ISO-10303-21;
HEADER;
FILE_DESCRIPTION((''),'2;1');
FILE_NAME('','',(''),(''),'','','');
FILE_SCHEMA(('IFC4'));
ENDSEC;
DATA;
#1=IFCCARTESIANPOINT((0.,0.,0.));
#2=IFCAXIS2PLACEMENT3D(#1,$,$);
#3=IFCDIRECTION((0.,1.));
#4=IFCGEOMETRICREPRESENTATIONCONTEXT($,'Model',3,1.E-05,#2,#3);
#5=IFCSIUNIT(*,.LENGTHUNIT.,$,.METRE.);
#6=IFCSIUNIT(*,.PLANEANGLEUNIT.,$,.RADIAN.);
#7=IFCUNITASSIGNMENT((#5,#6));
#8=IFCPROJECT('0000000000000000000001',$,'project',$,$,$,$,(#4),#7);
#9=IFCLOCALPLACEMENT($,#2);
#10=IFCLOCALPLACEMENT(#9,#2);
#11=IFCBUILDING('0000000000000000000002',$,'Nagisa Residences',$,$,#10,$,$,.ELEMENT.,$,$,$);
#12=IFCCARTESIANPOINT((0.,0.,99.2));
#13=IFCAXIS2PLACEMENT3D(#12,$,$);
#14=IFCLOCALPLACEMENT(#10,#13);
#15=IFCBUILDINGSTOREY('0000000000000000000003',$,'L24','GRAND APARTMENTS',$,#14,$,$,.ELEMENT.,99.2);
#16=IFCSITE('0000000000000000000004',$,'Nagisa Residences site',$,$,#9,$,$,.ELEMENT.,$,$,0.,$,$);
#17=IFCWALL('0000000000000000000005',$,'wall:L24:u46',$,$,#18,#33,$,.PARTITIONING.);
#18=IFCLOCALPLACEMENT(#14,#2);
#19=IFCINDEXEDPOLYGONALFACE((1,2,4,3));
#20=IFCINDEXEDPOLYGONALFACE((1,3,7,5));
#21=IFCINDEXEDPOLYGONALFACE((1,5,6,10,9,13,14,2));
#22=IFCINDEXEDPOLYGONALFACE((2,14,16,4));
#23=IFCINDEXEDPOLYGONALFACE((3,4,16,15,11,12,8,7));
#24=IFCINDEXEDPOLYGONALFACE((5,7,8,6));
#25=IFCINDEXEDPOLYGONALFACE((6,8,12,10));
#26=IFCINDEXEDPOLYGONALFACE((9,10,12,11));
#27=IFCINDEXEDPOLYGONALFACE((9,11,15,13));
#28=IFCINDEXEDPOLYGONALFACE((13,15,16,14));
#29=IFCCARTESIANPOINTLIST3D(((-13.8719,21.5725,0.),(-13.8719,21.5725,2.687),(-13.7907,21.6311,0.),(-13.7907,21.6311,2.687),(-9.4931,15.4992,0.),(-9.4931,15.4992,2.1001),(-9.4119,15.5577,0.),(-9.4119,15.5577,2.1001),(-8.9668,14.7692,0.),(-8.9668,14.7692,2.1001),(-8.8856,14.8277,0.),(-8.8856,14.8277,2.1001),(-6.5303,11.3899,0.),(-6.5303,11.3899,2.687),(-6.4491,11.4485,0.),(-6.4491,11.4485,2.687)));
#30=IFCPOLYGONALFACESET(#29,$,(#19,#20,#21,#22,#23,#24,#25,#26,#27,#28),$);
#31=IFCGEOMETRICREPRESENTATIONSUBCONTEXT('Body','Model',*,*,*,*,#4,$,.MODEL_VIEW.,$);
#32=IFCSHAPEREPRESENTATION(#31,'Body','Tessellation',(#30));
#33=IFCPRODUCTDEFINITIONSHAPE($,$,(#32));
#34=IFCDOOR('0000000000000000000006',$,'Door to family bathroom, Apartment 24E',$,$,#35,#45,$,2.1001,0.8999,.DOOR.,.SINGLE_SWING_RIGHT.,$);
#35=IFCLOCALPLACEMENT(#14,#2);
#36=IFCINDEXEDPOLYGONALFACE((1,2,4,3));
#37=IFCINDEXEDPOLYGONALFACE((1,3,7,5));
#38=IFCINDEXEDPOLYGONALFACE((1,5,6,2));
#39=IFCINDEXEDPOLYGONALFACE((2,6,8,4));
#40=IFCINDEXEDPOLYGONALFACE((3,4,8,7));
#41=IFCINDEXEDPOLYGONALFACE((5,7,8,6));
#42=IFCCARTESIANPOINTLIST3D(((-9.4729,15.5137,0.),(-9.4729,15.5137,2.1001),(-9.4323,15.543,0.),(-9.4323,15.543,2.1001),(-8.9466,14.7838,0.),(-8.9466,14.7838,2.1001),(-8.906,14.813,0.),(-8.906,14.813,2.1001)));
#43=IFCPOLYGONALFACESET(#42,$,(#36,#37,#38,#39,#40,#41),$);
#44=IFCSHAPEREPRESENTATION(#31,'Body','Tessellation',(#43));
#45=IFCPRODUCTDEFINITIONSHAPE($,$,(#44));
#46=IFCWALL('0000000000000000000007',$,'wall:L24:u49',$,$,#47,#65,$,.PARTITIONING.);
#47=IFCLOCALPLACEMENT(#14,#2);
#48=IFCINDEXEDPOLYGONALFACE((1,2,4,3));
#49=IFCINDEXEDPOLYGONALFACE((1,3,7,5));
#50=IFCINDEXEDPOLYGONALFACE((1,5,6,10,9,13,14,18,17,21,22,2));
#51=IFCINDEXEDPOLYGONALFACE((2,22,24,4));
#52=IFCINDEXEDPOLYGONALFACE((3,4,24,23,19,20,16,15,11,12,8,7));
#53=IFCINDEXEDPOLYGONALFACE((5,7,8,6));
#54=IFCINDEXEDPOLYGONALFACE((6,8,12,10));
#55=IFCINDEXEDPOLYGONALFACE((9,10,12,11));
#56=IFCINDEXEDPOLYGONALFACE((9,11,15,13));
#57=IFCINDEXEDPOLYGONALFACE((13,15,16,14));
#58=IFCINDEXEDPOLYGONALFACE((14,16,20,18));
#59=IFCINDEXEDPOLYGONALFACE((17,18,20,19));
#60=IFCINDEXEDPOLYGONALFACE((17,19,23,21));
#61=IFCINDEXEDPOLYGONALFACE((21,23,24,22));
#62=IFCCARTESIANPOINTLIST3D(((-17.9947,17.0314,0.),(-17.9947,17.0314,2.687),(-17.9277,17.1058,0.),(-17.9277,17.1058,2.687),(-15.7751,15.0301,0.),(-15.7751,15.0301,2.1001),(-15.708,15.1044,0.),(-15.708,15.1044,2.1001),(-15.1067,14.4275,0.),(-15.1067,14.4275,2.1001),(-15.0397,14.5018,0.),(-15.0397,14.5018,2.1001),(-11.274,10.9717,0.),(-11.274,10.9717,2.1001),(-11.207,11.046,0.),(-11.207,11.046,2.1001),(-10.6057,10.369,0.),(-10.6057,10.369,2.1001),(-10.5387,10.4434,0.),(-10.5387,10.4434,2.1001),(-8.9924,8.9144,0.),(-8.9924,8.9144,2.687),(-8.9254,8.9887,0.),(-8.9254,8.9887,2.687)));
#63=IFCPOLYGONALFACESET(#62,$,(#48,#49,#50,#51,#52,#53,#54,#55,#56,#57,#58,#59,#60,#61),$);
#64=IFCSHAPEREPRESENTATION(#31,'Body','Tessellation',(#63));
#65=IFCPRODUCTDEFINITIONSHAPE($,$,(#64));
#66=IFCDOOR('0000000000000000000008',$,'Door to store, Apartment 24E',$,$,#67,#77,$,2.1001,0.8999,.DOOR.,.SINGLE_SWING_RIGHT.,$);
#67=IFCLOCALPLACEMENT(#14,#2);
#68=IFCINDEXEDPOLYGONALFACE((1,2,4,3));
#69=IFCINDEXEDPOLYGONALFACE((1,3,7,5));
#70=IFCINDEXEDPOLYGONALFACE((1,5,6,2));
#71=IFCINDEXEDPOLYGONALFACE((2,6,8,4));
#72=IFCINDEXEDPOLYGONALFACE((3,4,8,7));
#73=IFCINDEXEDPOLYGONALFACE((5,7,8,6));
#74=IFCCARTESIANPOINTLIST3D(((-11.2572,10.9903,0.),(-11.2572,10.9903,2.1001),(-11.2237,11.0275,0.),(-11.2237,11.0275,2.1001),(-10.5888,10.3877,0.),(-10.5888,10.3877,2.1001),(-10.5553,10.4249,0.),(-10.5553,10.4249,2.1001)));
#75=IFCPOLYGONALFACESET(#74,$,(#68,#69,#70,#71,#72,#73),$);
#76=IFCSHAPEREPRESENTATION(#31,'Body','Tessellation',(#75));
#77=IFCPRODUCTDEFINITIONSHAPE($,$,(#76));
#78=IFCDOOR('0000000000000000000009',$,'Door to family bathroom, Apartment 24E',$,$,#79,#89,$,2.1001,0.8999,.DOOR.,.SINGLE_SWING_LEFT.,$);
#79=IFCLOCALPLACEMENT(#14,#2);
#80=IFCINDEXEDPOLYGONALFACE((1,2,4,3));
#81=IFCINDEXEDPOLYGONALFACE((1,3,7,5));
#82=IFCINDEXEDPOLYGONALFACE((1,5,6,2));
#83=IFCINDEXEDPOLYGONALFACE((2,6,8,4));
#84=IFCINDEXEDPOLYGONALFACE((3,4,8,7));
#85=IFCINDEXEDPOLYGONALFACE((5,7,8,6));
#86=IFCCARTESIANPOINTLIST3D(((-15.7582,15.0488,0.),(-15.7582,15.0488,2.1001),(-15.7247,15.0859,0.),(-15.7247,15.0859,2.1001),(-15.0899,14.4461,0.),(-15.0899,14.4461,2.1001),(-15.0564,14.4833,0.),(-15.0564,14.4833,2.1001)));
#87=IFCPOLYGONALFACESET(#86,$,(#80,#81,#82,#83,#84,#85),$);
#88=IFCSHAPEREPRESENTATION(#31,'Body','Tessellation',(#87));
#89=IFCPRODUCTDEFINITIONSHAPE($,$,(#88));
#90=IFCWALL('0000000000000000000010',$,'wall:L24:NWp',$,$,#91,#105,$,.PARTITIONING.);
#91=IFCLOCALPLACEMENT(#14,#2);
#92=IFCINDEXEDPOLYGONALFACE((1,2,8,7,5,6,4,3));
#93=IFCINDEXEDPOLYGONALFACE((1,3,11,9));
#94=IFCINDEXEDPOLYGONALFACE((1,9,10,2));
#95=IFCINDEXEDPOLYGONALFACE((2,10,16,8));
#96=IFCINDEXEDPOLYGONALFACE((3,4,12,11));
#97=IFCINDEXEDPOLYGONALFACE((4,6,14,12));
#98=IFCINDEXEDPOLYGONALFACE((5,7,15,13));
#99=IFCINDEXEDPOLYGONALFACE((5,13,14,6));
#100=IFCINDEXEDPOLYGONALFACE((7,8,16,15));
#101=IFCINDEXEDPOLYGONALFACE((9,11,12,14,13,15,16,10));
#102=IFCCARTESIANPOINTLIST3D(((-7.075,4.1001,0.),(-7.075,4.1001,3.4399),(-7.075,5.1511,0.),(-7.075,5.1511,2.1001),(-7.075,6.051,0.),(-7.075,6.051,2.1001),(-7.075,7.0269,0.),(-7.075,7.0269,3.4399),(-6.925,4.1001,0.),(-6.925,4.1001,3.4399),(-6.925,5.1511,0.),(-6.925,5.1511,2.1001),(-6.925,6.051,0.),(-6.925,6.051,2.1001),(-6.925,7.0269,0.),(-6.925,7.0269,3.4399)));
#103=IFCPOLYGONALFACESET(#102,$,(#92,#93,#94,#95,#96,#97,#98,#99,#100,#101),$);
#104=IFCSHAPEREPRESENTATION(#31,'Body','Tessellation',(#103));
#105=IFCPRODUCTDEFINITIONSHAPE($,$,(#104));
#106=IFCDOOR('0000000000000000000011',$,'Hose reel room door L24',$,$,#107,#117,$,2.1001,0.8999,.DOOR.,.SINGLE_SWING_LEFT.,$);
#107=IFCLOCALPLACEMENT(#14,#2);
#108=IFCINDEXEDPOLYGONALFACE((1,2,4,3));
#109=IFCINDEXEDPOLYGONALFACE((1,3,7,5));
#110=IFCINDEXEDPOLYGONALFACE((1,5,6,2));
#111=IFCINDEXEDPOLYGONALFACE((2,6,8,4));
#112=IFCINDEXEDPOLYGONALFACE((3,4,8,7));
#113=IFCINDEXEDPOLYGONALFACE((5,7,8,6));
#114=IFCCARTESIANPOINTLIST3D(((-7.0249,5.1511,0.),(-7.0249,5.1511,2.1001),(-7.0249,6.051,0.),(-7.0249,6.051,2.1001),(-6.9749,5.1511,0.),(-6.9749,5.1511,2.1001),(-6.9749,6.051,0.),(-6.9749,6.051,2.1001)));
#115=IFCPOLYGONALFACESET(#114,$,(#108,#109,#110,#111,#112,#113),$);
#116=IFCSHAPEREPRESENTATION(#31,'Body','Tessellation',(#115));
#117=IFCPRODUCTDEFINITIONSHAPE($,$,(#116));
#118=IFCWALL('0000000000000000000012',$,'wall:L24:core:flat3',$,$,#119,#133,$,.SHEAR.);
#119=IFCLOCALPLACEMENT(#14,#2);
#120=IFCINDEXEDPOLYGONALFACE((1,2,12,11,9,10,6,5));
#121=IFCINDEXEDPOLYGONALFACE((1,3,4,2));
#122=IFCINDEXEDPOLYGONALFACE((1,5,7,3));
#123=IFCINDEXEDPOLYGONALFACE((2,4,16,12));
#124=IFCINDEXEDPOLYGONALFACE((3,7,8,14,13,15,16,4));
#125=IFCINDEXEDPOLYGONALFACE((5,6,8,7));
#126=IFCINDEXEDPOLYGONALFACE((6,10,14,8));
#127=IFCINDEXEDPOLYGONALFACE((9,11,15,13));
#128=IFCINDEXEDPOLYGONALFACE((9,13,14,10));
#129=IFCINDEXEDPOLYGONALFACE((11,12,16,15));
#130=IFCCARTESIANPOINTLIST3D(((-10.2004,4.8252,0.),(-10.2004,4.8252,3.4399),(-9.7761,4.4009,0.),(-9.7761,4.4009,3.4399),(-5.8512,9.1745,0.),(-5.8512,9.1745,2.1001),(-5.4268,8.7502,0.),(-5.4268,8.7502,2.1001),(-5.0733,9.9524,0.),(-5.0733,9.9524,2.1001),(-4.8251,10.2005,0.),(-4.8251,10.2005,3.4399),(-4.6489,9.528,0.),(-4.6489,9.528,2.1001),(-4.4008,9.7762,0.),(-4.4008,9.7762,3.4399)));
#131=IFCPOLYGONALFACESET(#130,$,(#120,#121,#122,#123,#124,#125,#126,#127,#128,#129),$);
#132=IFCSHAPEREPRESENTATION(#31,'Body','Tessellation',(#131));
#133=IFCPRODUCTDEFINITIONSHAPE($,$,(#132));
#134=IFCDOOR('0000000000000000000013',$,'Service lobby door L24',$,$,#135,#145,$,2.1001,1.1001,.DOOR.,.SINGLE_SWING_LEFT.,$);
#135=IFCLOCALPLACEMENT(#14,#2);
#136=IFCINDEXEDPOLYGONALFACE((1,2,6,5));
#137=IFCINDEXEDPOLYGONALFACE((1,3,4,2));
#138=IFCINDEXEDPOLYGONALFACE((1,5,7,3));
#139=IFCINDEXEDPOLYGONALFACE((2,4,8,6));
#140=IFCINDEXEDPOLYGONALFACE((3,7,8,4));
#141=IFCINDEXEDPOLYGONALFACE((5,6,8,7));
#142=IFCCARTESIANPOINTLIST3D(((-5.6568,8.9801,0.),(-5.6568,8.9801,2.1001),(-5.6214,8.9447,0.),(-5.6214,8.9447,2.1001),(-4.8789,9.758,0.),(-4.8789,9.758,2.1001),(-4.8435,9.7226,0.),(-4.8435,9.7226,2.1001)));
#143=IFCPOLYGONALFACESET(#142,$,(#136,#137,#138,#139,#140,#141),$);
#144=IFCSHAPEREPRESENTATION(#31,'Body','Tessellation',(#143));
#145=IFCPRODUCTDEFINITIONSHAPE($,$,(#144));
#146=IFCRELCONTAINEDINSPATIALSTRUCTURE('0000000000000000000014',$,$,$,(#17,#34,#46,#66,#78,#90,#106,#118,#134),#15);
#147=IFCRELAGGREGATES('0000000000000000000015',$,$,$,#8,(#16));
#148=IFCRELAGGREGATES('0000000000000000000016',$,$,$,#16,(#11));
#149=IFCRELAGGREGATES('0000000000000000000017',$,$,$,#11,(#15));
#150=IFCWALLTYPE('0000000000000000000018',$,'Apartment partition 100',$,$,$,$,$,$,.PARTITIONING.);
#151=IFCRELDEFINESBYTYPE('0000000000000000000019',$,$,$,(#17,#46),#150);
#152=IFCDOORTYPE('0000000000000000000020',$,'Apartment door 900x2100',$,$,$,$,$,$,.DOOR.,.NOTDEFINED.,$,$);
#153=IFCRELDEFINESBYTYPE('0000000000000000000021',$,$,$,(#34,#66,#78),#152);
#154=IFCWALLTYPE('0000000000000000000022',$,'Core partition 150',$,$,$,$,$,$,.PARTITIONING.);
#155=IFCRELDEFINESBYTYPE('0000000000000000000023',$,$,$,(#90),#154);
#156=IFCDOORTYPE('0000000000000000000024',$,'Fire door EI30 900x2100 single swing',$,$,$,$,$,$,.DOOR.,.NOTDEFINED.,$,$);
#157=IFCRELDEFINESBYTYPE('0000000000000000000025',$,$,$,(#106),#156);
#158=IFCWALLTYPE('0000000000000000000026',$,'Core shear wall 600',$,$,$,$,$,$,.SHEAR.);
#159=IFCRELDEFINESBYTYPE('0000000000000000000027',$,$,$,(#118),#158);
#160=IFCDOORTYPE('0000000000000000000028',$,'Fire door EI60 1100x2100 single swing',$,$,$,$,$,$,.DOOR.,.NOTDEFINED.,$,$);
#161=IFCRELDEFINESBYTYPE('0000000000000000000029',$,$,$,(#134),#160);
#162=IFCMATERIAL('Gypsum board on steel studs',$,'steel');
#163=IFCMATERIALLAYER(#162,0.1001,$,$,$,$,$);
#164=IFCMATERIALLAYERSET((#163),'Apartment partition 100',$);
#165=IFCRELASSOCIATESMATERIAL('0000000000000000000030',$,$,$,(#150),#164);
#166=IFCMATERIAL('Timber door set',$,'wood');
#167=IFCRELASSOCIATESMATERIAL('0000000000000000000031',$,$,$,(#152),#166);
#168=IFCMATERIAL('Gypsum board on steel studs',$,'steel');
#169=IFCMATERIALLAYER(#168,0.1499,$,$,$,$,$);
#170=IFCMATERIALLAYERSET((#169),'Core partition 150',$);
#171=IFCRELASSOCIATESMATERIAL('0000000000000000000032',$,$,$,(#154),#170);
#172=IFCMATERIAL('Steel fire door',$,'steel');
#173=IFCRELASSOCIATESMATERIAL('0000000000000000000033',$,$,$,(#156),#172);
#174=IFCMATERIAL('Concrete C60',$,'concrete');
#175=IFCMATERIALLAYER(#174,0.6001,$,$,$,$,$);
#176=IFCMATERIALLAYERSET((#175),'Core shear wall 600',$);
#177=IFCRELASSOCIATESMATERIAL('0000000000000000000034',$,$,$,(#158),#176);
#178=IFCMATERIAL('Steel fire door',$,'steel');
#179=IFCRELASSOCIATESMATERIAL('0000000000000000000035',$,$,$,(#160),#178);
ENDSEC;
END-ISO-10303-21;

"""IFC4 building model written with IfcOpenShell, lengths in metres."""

from ifc_helpers import new_model, si_unit, direction, frame, frame_2d, origin, place, context, subcontext, project, spatial, rectangle, extrude, material, layer, layer_set, type_object, element, fill, save


model = new_model("IFC4")

# Units and contexts
model_context = context("Model", 3, precision=1e-05, world=origin(), true_north=direction((0.0, 1.0)))
body_context = subcontext(model_context, "Body", "Model", "MODEL_VIEW")
ifc_project = project(units=[si_unit("LENGTHUNIT", "METRE"), si_unit("PLANEANGLEUNIT", "RADIAN")], contexts=[model_context])

# Site, building, storey
site_placement = place(None, origin())
site = spatial("IfcSite", under=ifc_project, at=site_placement, Name="Nagisa Residences site", CompositionType="ELEMENT", RefElevation=0.0)
building_placement = place(site_placement, origin())
building = spatial("IfcBuilding", under=site, at=building_placement, Name="Nagisa Residences", CompositionType="ELEMENT")
storey_placement = place(building_placement, frame((0.0, 0.0, 99.2)))
storey = spatial("IfcBuildingStorey", under=building, at=storey_placement, Name="L24", Description="GRAND APARTMENTS", CompositionType="ELEMENT", Elevation=99.2)

# Shared definitions
ifc_material_1 = material(Name="Gypsum board on steel studs", Category="steel")
ifc_layer_1 = layer(ifc_material_1, 0.1001)
ifc_layer_set_1 = layer_set([ifc_layer_1], Name="Apartment partition 100")
wall_type_1 = type_object("IfcWallType", Name="Apartment partition 100", PredefinedType="PARTITIONING", material=ifc_layer_set_1)
ifc_material_2 = material(Name="Timber door set", Category="wood")
door_type_1 = type_object("IfcDoorType", Name="Apartment door 900x2100", OperationType="NOTDEFINED", PredefinedType="DOOR", material=ifc_material_2)

# Wall, opening, door
wall_1_placement = place(storey_placement, frame((-6.4897, 11.4192, 0.0), z_axis=(0.0, 0.0, 1.0), x_axis=(-0.584833, 0.811154, 0.0)))
wall_1 = element("IfcWall", 1, at=wall_1_placement, inside=storey, type_object=wall_type_1, Name="wall:L24:u46", PredefinedType="PARTITIONING", context=body_context, shape_type="SweptSolid", body=[
    extrude(rectangle(XDim=12.5532, YDim=0.1001, at=frame_2d((6.2766, 0.0))), origin(), (0.0, 0.0, 1.0), 2.687),
])
opening_1_placement = place(wall_1_placement, frame((4.166, 0.0, 0.0)))
opening_1 = element("IfcOpeningElement", 2, at=opening_1_placement, cuts=wall_1, PredefinedType="OPENING", context=body_context, shape_type="SweptSolid", body=[
    extrude(rectangle(XDim=0.8999, YDim=2.1001, at=frame_2d((0.45, 1.05))), frame((0.0, 0.0601, 0.0), z_axis=(0.0, -1.0, 0.0), x_axis=(1.0, 0.0, 0.0)), (0.0, 0.0, 1.0), 0.1201),
])
door_1_placement = place(opening_1_placement, frame((0.8999, 0.0, 0.0), x_axis=(-1.0, 0.0, 0.0)))
door_1 = element("IfcDoor", 3, at=door_1_placement, inside=storey, type_object=door_type_1, Name="Door to family bathroom, Apartment 24E", OperationType="SINGLE_SWING_RIGHT", OverallHeight=2.1001, OverallWidth=0.8999, PredefinedType="DOOR", context=body_context, shape_type="SweptSolid", body=[
    extrude(rectangle(XDim=0.8999, YDim=2.1001, at=frame_2d((0.45, 1.05))), frame((0.0, 0.0249, 0.0), z_axis=(0.0, -1.0, 0.0), x_axis=(1.0, 0.0, 0.0)), (0.0, 0.0, 1.0), 0.05),
])
fill(opening_1, door_1)

# Wall, openings, doors
wall_2_placement = place(storey_placement, frame((-8.959, 8.9517, 0.0), z_axis=(0.0, 0.0, 1.0), x_axis=(-0.74268, 0.669647, 0.0)))
wall_2 = element("IfcWall", 4, at=wall_2_placement, inside=storey, type_object=wall_type_1, Name="wall:L24:u49", PredefinedType="PARTITIONING", context=body_context, shape_type="SweptSolid", body=[
    extrude(rectangle(XDim=12.1213, YDim=0.1001, at=frame_2d((6.0605, 0.0))), origin(), (0.0, 0.0, 1.0), 2.687),
])
opening_2_placement = place(wall_2_placement, frame((2.1721, 0.0, 0.0)))
opening_2 = element("IfcOpeningElement", 5, at=opening_2_placement, cuts=wall_2, PredefinedType="OPENING", context=body_context, shape_type="SweptSolid", body=[
    extrude(rectangle(XDim=0.8999, YDim=2.1001, at=frame_2d((0.45, 1.05))), frame((0.0, 0.0601, 0.0), z_axis=(0.0, -1.0, 0.0), x_axis=(1.0, 0.0, 0.0)), (0.0, 0.0, 1.0), 0.1201),
])
opening_3_placement = place(wall_2_placement, frame((8.2327, 0.0, 0.0)))
opening_3 = element("IfcOpeningElement", 6, at=opening_3_placement, cuts=wall_2, PredefinedType="OPENING", context=body_context, shape_type="SweptSolid", body=[
    extrude(rectangle(XDim=0.8999, YDim=2.1001, at=frame_2d((0.45, 1.05))), frame((0.0, 0.0601, 0.0), z_axis=(0.0, -1.0, 0.0), x_axis=(1.0, 0.0, 0.0)), (0.0, 0.0, 1.0), 0.1201),
])
door_2_placement = place(opening_2_placement, origin())
door_2 = element("IfcDoor", 7, at=door_2_placement, inside=storey, type_object=door_type_1, Name="Door to store, Apartment 24E", OperationType="SINGLE_SWING_RIGHT", OverallHeight=2.1001, OverallWidth=0.8999, PredefinedType="DOOR", context=body_context, shape_type="SweptSolid", body=[
    extrude(rectangle(XDim=0.8999, YDim=2.1001, at=frame_2d((0.45, 1.05))), frame((0.0, 0.0249, 0.0), z_axis=(0.0, -1.0, 0.0), x_axis=(1.0, 0.0, 0.0)), (0.0, 0.0, 1.0), 0.05),
])
fill(opening_2, door_2)
door_3_placement = place(opening_3_placement, origin())
door_3 = element("IfcDoor", 8, at=door_3_placement, inside=storey, type_object=door_type_1, Name="Door to family bathroom, Apartment 24E", OperationType="SINGLE_SWING_LEFT", OverallHeight=2.1001, OverallWidth=0.8999, PredefinedType="DOOR", context=body_context, shape_type="SweptSolid", body=[
    extrude(rectangle(XDim=0.8999, YDim=2.1001, at=frame_2d((0.45, 1.05))), frame((0.0, 0.0249, 0.0), z_axis=(0.0, -1.0, 0.0), x_axis=(1.0, 0.0, 0.0)), (0.0, 0.0, 1.0), 0.05),
])
fill(opening_3, door_3)

# Walls, openings, doors
ifc_material_3 = material(Name="Gypsum board on steel studs", Category="steel")
ifc_layer_2 = layer(ifc_material_3, 0.1499)
ifc_layer_set_2 = layer_set([ifc_layer_2], Name="Core partition 150")
wall_type_2 = type_object("IfcWallType", Name="Core partition 150", PredefinedType="PARTITIONING", material=ifc_layer_set_2)
wall_3_placement = place(storey_placement, frame((-7.0, 4.1001, 0.0), z_axis=(0.0, 0.0, 1.0), x_axis=(0.0, 1.0, 0.0)))
wall_3 = element("IfcWall", 9, at=wall_3_placement, inside=storey, type_object=wall_type_2, Name="wall:L24:NWp", PredefinedType="PARTITIONING", context=body_context, shape_type="SweptSolid", body=[
    extrude(rectangle(XDim=2.9268, YDim=0.1499, at=frame_2d((1.4634, 0.0))), origin(), (0.0, 0.0, 1.0), 3.4399),
])
opening_4_placement = place(wall_3_placement, frame((1.051, 0.0, 0.0)))
opening_4 = element("IfcOpeningElement", 10, at=opening_4_placement, cuts=wall_3, PredefinedType="OPENING", context=body_context, shape_type="SweptSolid", body=[
    extrude(rectangle(XDim=0.8999, YDim=2.1001, at=frame_2d((0.45, 1.05))), frame((0.0, 0.085, 0.0), z_axis=(0.0, -1.0, 0.0), x_axis=(1.0, 0.0, 0.0)), (0.0, 0.0, 1.0), 0.1699),
])
ifc_material_4 = material(Name="Steel fire door", Category="steel")
door_type_2 = type_object("IfcDoorType", Name="Fire door EI30 900x2100 single swing", OperationType="NOTDEFINED", PredefinedType="DOOR", material=ifc_material_4)
door_4_placement = place(opening_4_placement, origin())
door_4 = element("IfcDoor", 11, at=door_4_placement, inside=storey, type_object=door_type_2, Name="Hose reel room door L24", OperationType="SINGLE_SWING_LEFT", OverallHeight=2.1001, OverallWidth=0.8999, PredefinedType="DOOR", context=body_context, shape_type="SweptSolid", body=[
    extrude(rectangle(XDim=0.8999, YDim=2.1001, at=frame_2d((0.45, 1.05))), frame((0.0, 0.0249, 0.0), z_axis=(0.0, -1.0, 0.0), x_axis=(1.0, 0.0, 0.0)), (0.0, 0.0, 1.0), 0.05),
])
fill(opening_4, door_4)
ifc_material_5 = material(Name="Concrete C60", Category="concrete")
ifc_layer_3 = layer(ifc_material_5, 0.6001)
ifc_layer_set_3 = layer_set([ifc_layer_3], Name="Core shear wall 600")
wall_type_3 = type_object("IfcWallType", Name="Core shear wall 600", PredefinedType="SHEAR", material=ifc_layer_set_3)
wall_4_placement = place(storey_placement, frame((-4.613, 9.9883, 0.0), z_axis=(0.0, 0.0, 1.0), x_axis=(-0.707107, -0.707107, 0.0)))
wall_4 = element("IfcWall", 12, at=wall_4_placement, inside=storey, type_object=wall_type_3, Name="wall:L24:core:flat3", PredefinedType="SHEAR", context=body_context, shape_type="SweptSolid", body=[
    extrude(rectangle(XDim=7.6018, YDim=0.6001, at=frame_2d((3.8008, 0.0))), origin(), (0.0, 0.0, 1.0), 3.4399),
])
opening_5_placement = place(wall_4_placement, frame((0.3508, 0.0, 0.0)))
opening_5 = element("IfcOpeningElement", 13, at=opening_5_placement, cuts=wall_4, PredefinedType="OPENING", context=body_context, shape_type="SweptSolid", body=[
    extrude(rectangle(XDim=1.1001, YDim=2.1001, at=frame_2d((0.55, 1.05))), frame((0.0, 0.3101, 0.0), z_axis=(0.0, -1.0, 0.0), x_axis=(1.0, 0.0, 0.0)), (0.0, 0.0, 1.0), 0.6201),
])
ifc_material_6 = material(Name="Steel fire door", Category="steel")
door_type_3 = type_object("IfcDoorType", Name="Fire door EI60 1100x2100 single swing", OperationType="NOTDEFINED", PredefinedType="DOOR", material=ifc_material_6)
door_5_placement = place(opening_5_placement, origin())
door_5 = element("IfcDoor", 14, at=door_5_placement, inside=storey, type_object=door_type_3, Name="Service lobby door L24", OperationType="SINGLE_SWING_LEFT", OverallHeight=2.1001, OverallWidth=1.1001, PredefinedType="DOOR", context=body_context, shape_type="SweptSolid", body=[
    extrude(rectangle(XDim=1.1001, YDim=2.1001, at=frame_2d((0.55, 1.05))), frame((0.0, 0.0249, 0.0), z_axis=(0.0, -1.0, 0.0), x_axis=(1.0, 0.0, 0.0)), (0.0, 0.0, 1.0), 0.05),
])
fill(opening_5, door_5)

save(model, "model.ifc")
